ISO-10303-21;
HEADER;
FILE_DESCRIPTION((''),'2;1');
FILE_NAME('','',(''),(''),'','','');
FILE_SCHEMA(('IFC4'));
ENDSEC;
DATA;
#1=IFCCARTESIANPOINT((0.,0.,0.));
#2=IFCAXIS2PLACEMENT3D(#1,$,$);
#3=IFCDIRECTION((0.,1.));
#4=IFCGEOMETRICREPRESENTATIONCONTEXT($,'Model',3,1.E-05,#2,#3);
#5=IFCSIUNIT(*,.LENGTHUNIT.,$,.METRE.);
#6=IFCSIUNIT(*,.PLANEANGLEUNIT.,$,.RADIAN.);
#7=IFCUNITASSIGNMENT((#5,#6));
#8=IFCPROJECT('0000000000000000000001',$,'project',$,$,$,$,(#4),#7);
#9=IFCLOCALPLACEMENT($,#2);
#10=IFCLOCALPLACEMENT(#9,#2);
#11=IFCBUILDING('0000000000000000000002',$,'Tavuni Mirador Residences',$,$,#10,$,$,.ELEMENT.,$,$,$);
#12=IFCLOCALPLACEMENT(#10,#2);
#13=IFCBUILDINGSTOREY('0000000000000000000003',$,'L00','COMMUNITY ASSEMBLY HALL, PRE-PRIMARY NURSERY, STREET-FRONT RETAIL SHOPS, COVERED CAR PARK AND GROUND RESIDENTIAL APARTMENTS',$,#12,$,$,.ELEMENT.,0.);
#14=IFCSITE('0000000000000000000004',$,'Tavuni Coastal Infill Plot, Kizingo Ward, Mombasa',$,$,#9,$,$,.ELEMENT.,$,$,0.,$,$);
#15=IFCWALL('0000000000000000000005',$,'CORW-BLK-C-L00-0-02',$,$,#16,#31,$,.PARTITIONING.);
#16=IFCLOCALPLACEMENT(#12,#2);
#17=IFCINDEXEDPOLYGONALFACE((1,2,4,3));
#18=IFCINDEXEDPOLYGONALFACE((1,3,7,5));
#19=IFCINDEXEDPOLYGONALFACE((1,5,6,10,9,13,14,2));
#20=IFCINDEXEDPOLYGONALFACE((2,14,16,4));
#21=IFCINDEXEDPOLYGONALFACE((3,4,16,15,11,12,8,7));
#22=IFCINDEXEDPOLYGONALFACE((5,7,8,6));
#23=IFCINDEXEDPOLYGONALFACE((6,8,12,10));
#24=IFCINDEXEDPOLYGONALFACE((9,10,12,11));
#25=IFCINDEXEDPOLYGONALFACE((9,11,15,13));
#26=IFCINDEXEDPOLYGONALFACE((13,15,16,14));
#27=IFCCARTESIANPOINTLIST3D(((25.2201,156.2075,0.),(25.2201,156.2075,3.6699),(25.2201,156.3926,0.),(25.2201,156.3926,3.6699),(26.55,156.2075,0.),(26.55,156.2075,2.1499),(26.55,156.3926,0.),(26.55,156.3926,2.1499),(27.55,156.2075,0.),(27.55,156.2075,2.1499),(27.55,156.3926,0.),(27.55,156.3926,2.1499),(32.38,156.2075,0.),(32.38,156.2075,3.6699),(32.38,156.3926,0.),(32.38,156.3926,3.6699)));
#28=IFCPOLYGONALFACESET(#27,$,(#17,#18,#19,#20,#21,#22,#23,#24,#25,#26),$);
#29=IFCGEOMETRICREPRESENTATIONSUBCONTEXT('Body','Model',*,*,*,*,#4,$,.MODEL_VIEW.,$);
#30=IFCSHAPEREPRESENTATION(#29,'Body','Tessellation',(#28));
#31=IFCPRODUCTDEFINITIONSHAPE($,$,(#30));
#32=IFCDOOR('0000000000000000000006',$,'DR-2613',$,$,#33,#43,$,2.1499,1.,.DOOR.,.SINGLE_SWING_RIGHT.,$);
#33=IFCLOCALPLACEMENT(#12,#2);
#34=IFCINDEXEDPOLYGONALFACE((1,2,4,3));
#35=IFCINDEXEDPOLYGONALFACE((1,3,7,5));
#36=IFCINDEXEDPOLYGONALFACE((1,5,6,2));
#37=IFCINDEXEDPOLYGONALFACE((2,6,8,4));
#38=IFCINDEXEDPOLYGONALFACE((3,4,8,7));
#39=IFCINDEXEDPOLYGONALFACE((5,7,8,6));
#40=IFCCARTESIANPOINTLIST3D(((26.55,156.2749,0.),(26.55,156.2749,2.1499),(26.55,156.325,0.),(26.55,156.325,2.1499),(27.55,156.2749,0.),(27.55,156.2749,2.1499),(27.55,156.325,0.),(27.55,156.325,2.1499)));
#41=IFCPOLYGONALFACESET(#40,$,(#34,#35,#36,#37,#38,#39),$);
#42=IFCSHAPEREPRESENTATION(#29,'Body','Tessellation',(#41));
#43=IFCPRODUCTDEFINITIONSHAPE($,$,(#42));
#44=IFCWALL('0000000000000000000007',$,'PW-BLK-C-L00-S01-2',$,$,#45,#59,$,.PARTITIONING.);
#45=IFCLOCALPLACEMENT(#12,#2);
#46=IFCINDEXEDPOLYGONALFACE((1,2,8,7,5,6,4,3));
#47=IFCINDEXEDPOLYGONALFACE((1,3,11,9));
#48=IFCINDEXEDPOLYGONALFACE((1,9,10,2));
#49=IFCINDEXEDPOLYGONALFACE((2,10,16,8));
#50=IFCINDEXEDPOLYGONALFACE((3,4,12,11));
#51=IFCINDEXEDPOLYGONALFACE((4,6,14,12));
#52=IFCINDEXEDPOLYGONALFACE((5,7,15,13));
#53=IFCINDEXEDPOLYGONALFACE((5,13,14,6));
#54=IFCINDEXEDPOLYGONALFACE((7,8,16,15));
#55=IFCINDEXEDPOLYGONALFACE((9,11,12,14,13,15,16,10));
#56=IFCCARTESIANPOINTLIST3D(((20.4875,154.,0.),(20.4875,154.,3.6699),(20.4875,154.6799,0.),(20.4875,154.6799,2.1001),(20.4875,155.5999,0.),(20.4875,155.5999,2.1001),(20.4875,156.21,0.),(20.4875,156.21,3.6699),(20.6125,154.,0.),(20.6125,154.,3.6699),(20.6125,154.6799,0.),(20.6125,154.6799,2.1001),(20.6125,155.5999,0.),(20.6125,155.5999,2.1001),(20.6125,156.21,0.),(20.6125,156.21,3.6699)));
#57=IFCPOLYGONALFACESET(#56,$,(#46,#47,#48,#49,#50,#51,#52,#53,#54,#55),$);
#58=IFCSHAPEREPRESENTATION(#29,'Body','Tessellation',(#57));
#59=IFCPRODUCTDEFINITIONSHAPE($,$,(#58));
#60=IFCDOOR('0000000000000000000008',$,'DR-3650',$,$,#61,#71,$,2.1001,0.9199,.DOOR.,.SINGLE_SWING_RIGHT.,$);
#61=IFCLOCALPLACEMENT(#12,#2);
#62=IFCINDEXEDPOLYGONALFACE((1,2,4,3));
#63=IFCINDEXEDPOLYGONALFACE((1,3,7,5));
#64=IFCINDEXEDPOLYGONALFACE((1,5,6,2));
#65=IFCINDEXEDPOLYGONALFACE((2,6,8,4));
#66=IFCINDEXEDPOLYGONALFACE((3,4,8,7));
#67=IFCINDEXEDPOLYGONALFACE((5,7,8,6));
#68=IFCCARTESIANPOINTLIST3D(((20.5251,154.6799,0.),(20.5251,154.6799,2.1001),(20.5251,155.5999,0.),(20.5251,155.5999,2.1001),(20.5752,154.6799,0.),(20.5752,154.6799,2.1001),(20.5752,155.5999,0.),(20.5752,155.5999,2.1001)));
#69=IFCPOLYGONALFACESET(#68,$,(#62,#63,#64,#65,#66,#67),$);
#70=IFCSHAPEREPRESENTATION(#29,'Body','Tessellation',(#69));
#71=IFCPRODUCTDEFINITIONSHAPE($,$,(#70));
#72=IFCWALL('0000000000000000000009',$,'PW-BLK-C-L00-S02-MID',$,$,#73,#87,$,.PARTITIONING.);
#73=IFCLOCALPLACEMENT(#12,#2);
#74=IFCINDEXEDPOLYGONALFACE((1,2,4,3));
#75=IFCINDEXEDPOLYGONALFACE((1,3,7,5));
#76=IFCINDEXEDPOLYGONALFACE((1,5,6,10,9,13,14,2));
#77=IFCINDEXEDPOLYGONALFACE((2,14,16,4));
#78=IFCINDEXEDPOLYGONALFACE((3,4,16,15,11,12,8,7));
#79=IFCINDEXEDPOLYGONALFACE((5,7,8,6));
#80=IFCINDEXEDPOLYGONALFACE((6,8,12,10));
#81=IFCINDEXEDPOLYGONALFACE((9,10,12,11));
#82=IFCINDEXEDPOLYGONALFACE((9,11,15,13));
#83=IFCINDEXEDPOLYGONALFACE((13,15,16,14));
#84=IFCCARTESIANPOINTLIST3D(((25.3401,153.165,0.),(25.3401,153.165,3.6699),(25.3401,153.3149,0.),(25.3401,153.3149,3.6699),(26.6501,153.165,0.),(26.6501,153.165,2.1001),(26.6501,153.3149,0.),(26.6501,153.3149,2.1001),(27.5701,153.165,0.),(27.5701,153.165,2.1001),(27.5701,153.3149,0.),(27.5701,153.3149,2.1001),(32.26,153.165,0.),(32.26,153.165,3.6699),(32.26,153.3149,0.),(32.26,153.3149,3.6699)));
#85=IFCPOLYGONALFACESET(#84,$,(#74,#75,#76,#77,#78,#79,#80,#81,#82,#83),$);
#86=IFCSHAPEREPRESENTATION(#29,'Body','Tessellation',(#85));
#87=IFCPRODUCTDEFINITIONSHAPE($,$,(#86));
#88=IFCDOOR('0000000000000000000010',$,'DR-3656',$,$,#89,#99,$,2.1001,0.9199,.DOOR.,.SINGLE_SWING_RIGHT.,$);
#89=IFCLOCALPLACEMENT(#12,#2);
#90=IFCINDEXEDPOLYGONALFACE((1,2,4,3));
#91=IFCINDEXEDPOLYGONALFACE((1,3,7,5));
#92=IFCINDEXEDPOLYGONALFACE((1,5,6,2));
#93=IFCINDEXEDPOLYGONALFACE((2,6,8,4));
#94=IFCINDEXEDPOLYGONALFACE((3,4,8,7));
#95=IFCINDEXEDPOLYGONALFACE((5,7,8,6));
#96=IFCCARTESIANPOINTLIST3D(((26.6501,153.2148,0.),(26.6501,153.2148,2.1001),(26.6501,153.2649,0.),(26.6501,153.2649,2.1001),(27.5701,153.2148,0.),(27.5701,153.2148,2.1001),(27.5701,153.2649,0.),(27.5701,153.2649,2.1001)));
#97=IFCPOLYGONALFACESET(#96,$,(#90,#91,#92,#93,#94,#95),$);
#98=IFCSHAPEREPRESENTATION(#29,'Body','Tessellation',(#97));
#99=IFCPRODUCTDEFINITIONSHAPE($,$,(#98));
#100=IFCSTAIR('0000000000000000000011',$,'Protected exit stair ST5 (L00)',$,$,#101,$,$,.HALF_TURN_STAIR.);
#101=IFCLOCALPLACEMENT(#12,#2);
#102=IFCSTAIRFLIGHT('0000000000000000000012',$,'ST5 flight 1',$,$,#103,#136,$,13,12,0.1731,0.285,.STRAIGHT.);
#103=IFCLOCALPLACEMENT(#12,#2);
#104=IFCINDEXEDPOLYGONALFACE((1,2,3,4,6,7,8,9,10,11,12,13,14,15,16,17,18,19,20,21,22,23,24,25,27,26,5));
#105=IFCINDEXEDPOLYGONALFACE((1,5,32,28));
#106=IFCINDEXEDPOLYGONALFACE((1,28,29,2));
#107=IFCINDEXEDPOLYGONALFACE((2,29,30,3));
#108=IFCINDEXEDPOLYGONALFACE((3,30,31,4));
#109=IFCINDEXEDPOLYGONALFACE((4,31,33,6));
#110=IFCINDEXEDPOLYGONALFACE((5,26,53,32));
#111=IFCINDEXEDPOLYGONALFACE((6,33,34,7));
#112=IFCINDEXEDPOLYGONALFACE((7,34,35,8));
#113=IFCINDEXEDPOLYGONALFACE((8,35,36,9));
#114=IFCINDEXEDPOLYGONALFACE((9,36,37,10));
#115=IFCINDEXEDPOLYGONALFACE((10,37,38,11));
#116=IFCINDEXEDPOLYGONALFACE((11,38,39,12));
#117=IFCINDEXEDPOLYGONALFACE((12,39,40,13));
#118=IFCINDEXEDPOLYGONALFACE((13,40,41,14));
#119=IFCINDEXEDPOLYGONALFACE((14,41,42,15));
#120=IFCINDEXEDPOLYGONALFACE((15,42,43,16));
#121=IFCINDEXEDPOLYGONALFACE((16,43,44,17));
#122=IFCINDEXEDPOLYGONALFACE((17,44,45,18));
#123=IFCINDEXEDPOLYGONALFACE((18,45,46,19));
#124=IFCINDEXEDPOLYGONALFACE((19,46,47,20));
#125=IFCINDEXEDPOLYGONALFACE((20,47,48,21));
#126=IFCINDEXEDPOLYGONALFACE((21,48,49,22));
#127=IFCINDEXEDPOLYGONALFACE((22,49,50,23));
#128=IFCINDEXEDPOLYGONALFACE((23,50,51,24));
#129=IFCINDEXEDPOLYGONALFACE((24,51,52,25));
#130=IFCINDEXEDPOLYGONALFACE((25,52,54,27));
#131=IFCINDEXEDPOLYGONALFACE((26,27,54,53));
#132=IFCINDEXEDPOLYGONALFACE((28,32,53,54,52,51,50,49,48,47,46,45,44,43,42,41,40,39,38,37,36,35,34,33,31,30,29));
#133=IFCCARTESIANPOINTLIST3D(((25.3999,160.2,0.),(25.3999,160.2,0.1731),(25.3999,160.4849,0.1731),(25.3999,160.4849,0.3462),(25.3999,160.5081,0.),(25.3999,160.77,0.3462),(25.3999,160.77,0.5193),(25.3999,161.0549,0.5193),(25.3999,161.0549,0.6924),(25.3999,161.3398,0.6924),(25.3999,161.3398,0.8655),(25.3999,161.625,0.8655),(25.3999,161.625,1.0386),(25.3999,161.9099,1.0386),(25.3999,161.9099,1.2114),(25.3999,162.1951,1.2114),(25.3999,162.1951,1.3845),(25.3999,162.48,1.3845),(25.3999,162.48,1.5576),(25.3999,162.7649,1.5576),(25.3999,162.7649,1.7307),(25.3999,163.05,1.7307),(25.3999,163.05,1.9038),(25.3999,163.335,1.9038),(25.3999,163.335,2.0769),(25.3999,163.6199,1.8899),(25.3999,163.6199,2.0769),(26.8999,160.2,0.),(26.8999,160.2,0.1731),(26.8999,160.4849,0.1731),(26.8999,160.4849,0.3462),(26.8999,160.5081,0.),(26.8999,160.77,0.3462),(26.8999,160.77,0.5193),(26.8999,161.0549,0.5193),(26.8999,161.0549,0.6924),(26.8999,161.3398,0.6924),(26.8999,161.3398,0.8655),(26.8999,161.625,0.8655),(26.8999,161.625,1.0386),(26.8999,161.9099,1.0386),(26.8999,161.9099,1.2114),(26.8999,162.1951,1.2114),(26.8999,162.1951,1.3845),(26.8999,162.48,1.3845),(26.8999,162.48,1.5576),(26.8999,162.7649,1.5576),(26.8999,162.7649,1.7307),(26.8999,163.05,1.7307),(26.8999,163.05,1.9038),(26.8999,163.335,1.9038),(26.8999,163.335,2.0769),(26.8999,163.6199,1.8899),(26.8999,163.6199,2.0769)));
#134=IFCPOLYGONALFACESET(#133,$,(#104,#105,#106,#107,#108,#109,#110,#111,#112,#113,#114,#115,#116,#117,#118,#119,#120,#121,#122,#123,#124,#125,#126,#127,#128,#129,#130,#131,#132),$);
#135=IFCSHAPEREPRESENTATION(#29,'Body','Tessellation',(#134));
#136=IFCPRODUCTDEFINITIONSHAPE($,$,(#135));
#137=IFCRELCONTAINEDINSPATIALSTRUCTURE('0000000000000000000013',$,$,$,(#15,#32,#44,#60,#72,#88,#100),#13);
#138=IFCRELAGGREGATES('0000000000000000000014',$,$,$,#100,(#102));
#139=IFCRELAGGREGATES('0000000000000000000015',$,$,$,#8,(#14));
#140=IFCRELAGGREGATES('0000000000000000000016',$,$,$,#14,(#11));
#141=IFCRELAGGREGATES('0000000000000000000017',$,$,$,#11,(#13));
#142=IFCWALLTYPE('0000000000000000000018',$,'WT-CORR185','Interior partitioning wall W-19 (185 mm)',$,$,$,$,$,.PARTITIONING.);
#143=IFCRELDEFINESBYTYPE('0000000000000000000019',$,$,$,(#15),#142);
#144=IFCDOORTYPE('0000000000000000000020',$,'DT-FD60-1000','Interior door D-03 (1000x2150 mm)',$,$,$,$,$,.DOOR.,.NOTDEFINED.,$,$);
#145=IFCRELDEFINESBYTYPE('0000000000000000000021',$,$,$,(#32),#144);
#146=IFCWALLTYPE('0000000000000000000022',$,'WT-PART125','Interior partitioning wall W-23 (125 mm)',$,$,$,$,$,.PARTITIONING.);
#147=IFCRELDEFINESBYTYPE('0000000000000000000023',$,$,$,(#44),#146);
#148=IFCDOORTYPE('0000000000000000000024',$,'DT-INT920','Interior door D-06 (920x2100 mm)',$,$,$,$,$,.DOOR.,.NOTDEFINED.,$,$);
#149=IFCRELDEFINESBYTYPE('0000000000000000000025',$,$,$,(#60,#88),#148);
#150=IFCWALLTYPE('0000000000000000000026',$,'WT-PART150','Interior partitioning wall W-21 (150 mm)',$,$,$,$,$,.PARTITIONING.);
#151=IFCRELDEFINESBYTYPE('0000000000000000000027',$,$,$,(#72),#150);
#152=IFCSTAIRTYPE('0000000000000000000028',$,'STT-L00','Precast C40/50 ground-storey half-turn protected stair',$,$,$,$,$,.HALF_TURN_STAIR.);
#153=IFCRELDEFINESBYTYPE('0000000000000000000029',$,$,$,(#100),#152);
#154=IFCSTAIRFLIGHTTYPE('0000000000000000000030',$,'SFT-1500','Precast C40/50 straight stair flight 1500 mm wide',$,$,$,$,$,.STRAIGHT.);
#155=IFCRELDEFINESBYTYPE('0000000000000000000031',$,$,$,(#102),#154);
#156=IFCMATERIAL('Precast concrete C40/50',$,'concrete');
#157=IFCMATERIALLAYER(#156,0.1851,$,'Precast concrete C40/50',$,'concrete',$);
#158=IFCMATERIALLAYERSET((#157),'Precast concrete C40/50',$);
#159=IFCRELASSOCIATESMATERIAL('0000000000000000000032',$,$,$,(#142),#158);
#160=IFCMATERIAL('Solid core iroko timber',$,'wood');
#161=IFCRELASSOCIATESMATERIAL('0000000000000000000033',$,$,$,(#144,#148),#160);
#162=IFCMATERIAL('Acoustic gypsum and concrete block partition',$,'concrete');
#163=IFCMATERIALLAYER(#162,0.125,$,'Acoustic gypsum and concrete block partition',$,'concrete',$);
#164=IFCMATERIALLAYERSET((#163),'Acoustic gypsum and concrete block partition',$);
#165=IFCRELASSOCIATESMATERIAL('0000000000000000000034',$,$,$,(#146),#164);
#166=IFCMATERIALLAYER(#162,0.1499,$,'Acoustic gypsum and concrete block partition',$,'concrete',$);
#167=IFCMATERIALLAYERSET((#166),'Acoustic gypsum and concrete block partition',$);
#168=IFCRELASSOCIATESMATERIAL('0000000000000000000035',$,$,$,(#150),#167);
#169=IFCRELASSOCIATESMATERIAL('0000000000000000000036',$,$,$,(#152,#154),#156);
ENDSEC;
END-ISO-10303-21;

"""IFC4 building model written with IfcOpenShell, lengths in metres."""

from ifc_helpers import new_model, si_unit, direction, frame, frame_2d, origin, place, context, subcontext, project, spatial, polyline, rectangle, outline, extrude, material, layer, layer_set, type_object, element, fill, aggregate, save


model = new_model("IFC4")

# Units and contexts
model_context = context("Model", 3, precision=1e-05, world=origin(), true_north=direction((0.0, 1.0)))
body_context = subcontext(model_context, "Body", "Model", "MODEL_VIEW")
ifc_project = project(units=[si_unit("LENGTHUNIT", "METRE"), si_unit("PLANEANGLEUNIT", "RADIAN")], contexts=[model_context])

# Site, building, storey
site_placement = place(None, origin())
site = spatial("IfcSite", under=ifc_project, at=site_placement, Name="Tavuni Coastal Infill Plot, Kizingo Ward, Mombasa", CompositionType="ELEMENT", RefElevation=0.0)
building_placement = place(site_placement, origin())
building = spatial("IfcBuilding", under=site, at=building_placement, Name="Tavuni Mirador Residences", CompositionType="ELEMENT")
storey_placement = place(building_placement, origin())
storey = spatial("IfcBuildingStorey", under=building, at=storey_placement, Name="L00", Description="COMMUNITY ASSEMBLY HALL, PRE-PRIMARY NURSERY, STREET-FRONT RETAIL SHOPS, COVERED CAR PARK AND GROUND RESIDENTIAL APARTMENTS", CompositionType="ELEMENT", Elevation=0.0)

# Shared definitions
ifc_material_1 = material(Name="Precast concrete C40/50", Category="concrete")

# Shared definitions
ifc_material_2 = material(Name="Solid core iroko timber", Category="wood")

# Walls, openings, doors
ifc_layer_1 = layer(ifc_material_1, 0.1851, Name="Precast concrete C40/50", Category="concrete")
ifc_layer_set_1 = layer_set([ifc_layer_1], Name="Precast concrete C40/50")
wall_type_1 = type_object("IfcWallType", Name="WT-CORR185", Description="Interior partitioning wall W-19 (185 mm)", PredefinedType="PARTITIONING", material=ifc_layer_set_1)
wall_1_placement = place(storey_placement, frame((25.22, 156.3, 0.0), z_axis=(0.0, 0.0, 1.0), x_axis=(1.0, 0.0, 0.0)))
wall_1 = element("IfcWall", 1, at=wall_1_placement, inside=storey, type_object=wall_type_1, Name="CORW-BLK-C-L00-0-02", PredefinedType="PARTITIONING", context=body_context, shape_type="SweptSolid", body=[
    extrude(rectangle(XDim=7.1599, YDim=0.1851, at=frame_2d((3.5801, 0.0))), origin(), (0.0, 0.0, 1.0), 3.6699),
])
opening_1_placement = place(wall_1_placement, frame((1.3301, 0.0, 0.0)))
opening_1 = element("IfcOpeningElement", 2, at=opening_1_placement, cuts=wall_1, PredefinedType="OPENING", context=body_context, shape_type="SweptSolid", body=[
    extrude(rectangle(XDim=1.0, YDim=2.1499, at=frame_2d((0.5, 1.075))), frame((0.0, 0.1025, 0.0), z_axis=(0.0, -1.0, 0.0), x_axis=(1.0, 0.0, 0.0)), (0.0, 0.0, 1.0), 0.2051),
])
door_type_1 = type_object("IfcDoorType", Name="DT-FD60-1000", Description="Interior door D-03 (1000x2150 mm)", OperationType="NOTDEFINED", PredefinedType="DOOR", material=ifc_material_2)
door_1_placement = place(opening_1_placement, origin())
door_1 = element("IfcDoor", 3, at=door_1_placement, inside=storey, type_object=door_type_1, Name="DR-2613", OperationType="SINGLE_SWING_RIGHT", OverallHeight=2.1499, OverallWidth=1.0, PredefinedType="DOOR", context=body_context, shape_type="SweptSolid", body=[
    extrude(rectangle(XDim=1.0, YDim=2.1499, at=frame_2d((0.5, 1.075))), frame((0.0, 0.0249, 0.0), z_axis=(0.0, -1.0, 0.0), x_axis=(1.0, 0.0, 0.0)), (0.0, 0.0, 1.0), 0.05),
])
fill(opening_1, door_1)
ifc_material_3 = material(Name="Acoustic gypsum and concrete block partition", Category="concrete")
ifc_layer_2 = layer(ifc_material_3, 0.125, Name="Acoustic gypsum and concrete block partition", Category="concrete")
ifc_layer_set_2 = layer_set([ifc_layer_2], Name="Acoustic gypsum and concrete block partition")
wall_type_2 = type_object("IfcWallType", Name="WT-PART125", Description="Interior partitioning wall W-23 (125 mm)", PredefinedType="PARTITIONING", material=ifc_layer_set_2)
wall_2_placement = place(storey_placement, frame((20.55, 154.0, 0.0), z_axis=(0.0, 0.0, 1.0), x_axis=(0.0, 1.0, 0.0)))
wall_2 = element("IfcWall", 4, at=wall_2_placement, inside=storey, type_object=wall_type_2, Name="PW-BLK-C-L00-S01-2", PredefinedType="PARTITIONING", context=body_context, shape_type="SweptSolid", body=[
    extrude(rectangle(XDim=2.21, YDim=0.125, at=frame_2d((1.105, 0.0))), origin(), (0.0, 0.0, 1.0), 3.6699),
])
opening_2_placement = place(wall_2_placement, frame((0.6799, 0.0, 0.0)))
opening_2 = element("IfcOpeningElement", 5, at=opening_2_placement, cuts=wall_2, PredefinedType="OPENING", context=body_context, shape_type="SweptSolid", body=[
    extrude(rectangle(XDim=0.9199, YDim=2.1001, at=frame_2d((0.46, 1.05))), frame((0.0, 0.0725, 0.0), z_axis=(0.0, -1.0, 0.0), x_axis=(1.0, 0.0, 0.0)), (0.0, 0.0, 1.0), 0.145),
])
door_type_2 = type_object("IfcDoorType", Name="DT-INT920", Description="Interior door D-06 (920x2100 mm)", OperationType="NOTDEFINED", PredefinedType="DOOR", material=ifc_material_2)
door_2_placement = place(opening_2_placement, origin())
door_2 = element("IfcDoor", 6, at=door_2_placement, inside=storey, type_object=door_type_2, Name="DR-3650", OperationType="SINGLE_SWING_RIGHT", OverallHeight=2.1001, OverallWidth=0.9199, PredefinedType="DOOR", context=body_context, shape_type="SweptSolid", body=[
    extrude(rectangle(XDim=0.9199, YDim=2.1001, at=frame_2d((0.46, 1.05))), frame((0.0, 0.0249, 0.0), z_axis=(0.0, -1.0, 0.0), x_axis=(1.0, 0.0, 0.0)), (0.0, 0.0, 1.0), 0.05),
])
fill(opening_2, door_2)
ifc_layer_3 = layer(ifc_material_3, 0.1499, Name="Acoustic gypsum and concrete block partition", Category="concrete")
ifc_layer_set_3 = layer_set([ifc_layer_3], Name="Acoustic gypsum and concrete block partition")
wall_type_3 = type_object("IfcWallType", Name="WT-PART150", Description="Interior partitioning wall W-21 (150 mm)", PredefinedType="PARTITIONING", material=ifc_layer_set_3)
wall_3_placement = place(storey_placement, frame((25.3401, 153.24, 0.0), z_axis=(0.0, 0.0, 1.0), x_axis=(1.0, 0.0, 0.0)))
wall_3 = element("IfcWall", 7, at=wall_3_placement, inside=storey, type_object=wall_type_3, Name="PW-BLK-C-L00-S02-MID", PredefinedType="PARTITIONING", context=body_context, shape_type="SweptSolid", body=[
    extrude(rectangle(XDim=6.9199, YDim=0.1499, at=frame_2d((3.46, 0.0))), origin(), (0.0, 0.0, 1.0), 3.6699),
])
opening_3_placement = place(wall_3_placement, frame((1.3101, 0.0, 0.0)))
opening_3 = element("IfcOpeningElement", 8, at=opening_3_placement, cuts=wall_3, PredefinedType="OPENING", context=body_context, shape_type="SweptSolid", body=[
    extrude(rectangle(XDim=0.9199, YDim=2.1001, at=frame_2d((0.46, 1.05))), frame((0.0, 0.085, 0.0), z_axis=(0.0, -1.0, 0.0), x_axis=(1.0, 0.0, 0.0)), (0.0, 0.0, 1.0), 0.1699),
])
door_3_placement = place(opening_3_placement, origin())
door_3 = element("IfcDoor", 9, at=door_3_placement, inside=storey, type_object=door_type_2, Name="DR-3656", OperationType="SINGLE_SWING_RIGHT", OverallHeight=2.1001, OverallWidth=0.9199, PredefinedType="DOOR", context=body_context, shape_type="SweptSolid", body=[
    extrude(rectangle(XDim=0.9199, YDim=2.1001, at=frame_2d((0.46, 1.05))), frame((0.0, 0.0249, 0.0), z_axis=(0.0, -1.0, 0.0), x_axis=(1.0, 0.0, 0.0)), (0.0, 0.0, 1.0), 0.05),
])
fill(opening_3, door_3)

# Stair, stair flight
stair_type = type_object("IfcStairType", Name="STT-L00", Description="Precast C40/50 ground-storey half-turn protected stair", PredefinedType="HALF_TURN_STAIR", material=ifc_material_1)
stair_placement = place(storey_placement, origin())
stair = element("IfcStair", 10, at=stair_placement, inside=storey, type_object=stair_type, Name="Protected exit stair ST5 (L00)", PredefinedType="HALF_TURN_STAIR")
stair_flight_type = type_object("IfcStairFlightType", Name="SFT-1500", Description="Precast C40/50 straight stair flight 1500 mm wide", PredefinedType="STRAIGHT", material=ifc_material_1)
stair_flight_1_placement = place(storey_placement, frame((26.1499, 160.2, 0.0), z_axis=(0.0, 0.0, 1.0), x_axis=(0.0, 1.0, 0.0)))
stair_flight_1 = element("IfcStairFlight", 11, at=stair_flight_1_placement, type_object=stair_flight_type, Name="ST5 flight 1", NumberOfRisers=13, NumberOfTreads=12, PredefinedType="STRAIGHT", RiserHeight=0.1731, TreadLength=0.285, context=body_context, shape_type="SweptSolid", body=[
    extrude(outline(polyline([(0.0, 0.0), (0.0, 0.1731), (0.2849, 0.1731), (0.2849, 0.3462), (0.5701, 0.3462), (0.5701, 0.5193), (0.855, 0.5193), (0.855, 0.6924), (1.1399, 0.6924), (1.1399, 0.8655), (1.425, 0.8655), (1.425, 1.0386), (1.71, 1.0386), (1.71, 1.2114), (1.9951, 1.2114), (1.9951, 1.3845), (2.28, 1.3845), (2.28, 1.5576), (2.5649, 1.5576), (2.5649, 1.7307), (2.8501, 1.7307), (2.8501, 1.9038), (3.135, 1.9038), (3.135, 2.0769), (3.4199, 2.0769), (3.4199, 2.25), (3.4199, 1.8899), (0.3081, 0.0), (0.0, 0.0)])), frame((0.0, 0.75, 0.0), z_axis=(0.0, -1.0, 0.0), x_axis=(1.0, 0.0, 0.0)), (0.0, 0.0, 1.0), 1.5),
])
aggregate(stair, [stair_flight_1])

save(model, "model.ifc")
